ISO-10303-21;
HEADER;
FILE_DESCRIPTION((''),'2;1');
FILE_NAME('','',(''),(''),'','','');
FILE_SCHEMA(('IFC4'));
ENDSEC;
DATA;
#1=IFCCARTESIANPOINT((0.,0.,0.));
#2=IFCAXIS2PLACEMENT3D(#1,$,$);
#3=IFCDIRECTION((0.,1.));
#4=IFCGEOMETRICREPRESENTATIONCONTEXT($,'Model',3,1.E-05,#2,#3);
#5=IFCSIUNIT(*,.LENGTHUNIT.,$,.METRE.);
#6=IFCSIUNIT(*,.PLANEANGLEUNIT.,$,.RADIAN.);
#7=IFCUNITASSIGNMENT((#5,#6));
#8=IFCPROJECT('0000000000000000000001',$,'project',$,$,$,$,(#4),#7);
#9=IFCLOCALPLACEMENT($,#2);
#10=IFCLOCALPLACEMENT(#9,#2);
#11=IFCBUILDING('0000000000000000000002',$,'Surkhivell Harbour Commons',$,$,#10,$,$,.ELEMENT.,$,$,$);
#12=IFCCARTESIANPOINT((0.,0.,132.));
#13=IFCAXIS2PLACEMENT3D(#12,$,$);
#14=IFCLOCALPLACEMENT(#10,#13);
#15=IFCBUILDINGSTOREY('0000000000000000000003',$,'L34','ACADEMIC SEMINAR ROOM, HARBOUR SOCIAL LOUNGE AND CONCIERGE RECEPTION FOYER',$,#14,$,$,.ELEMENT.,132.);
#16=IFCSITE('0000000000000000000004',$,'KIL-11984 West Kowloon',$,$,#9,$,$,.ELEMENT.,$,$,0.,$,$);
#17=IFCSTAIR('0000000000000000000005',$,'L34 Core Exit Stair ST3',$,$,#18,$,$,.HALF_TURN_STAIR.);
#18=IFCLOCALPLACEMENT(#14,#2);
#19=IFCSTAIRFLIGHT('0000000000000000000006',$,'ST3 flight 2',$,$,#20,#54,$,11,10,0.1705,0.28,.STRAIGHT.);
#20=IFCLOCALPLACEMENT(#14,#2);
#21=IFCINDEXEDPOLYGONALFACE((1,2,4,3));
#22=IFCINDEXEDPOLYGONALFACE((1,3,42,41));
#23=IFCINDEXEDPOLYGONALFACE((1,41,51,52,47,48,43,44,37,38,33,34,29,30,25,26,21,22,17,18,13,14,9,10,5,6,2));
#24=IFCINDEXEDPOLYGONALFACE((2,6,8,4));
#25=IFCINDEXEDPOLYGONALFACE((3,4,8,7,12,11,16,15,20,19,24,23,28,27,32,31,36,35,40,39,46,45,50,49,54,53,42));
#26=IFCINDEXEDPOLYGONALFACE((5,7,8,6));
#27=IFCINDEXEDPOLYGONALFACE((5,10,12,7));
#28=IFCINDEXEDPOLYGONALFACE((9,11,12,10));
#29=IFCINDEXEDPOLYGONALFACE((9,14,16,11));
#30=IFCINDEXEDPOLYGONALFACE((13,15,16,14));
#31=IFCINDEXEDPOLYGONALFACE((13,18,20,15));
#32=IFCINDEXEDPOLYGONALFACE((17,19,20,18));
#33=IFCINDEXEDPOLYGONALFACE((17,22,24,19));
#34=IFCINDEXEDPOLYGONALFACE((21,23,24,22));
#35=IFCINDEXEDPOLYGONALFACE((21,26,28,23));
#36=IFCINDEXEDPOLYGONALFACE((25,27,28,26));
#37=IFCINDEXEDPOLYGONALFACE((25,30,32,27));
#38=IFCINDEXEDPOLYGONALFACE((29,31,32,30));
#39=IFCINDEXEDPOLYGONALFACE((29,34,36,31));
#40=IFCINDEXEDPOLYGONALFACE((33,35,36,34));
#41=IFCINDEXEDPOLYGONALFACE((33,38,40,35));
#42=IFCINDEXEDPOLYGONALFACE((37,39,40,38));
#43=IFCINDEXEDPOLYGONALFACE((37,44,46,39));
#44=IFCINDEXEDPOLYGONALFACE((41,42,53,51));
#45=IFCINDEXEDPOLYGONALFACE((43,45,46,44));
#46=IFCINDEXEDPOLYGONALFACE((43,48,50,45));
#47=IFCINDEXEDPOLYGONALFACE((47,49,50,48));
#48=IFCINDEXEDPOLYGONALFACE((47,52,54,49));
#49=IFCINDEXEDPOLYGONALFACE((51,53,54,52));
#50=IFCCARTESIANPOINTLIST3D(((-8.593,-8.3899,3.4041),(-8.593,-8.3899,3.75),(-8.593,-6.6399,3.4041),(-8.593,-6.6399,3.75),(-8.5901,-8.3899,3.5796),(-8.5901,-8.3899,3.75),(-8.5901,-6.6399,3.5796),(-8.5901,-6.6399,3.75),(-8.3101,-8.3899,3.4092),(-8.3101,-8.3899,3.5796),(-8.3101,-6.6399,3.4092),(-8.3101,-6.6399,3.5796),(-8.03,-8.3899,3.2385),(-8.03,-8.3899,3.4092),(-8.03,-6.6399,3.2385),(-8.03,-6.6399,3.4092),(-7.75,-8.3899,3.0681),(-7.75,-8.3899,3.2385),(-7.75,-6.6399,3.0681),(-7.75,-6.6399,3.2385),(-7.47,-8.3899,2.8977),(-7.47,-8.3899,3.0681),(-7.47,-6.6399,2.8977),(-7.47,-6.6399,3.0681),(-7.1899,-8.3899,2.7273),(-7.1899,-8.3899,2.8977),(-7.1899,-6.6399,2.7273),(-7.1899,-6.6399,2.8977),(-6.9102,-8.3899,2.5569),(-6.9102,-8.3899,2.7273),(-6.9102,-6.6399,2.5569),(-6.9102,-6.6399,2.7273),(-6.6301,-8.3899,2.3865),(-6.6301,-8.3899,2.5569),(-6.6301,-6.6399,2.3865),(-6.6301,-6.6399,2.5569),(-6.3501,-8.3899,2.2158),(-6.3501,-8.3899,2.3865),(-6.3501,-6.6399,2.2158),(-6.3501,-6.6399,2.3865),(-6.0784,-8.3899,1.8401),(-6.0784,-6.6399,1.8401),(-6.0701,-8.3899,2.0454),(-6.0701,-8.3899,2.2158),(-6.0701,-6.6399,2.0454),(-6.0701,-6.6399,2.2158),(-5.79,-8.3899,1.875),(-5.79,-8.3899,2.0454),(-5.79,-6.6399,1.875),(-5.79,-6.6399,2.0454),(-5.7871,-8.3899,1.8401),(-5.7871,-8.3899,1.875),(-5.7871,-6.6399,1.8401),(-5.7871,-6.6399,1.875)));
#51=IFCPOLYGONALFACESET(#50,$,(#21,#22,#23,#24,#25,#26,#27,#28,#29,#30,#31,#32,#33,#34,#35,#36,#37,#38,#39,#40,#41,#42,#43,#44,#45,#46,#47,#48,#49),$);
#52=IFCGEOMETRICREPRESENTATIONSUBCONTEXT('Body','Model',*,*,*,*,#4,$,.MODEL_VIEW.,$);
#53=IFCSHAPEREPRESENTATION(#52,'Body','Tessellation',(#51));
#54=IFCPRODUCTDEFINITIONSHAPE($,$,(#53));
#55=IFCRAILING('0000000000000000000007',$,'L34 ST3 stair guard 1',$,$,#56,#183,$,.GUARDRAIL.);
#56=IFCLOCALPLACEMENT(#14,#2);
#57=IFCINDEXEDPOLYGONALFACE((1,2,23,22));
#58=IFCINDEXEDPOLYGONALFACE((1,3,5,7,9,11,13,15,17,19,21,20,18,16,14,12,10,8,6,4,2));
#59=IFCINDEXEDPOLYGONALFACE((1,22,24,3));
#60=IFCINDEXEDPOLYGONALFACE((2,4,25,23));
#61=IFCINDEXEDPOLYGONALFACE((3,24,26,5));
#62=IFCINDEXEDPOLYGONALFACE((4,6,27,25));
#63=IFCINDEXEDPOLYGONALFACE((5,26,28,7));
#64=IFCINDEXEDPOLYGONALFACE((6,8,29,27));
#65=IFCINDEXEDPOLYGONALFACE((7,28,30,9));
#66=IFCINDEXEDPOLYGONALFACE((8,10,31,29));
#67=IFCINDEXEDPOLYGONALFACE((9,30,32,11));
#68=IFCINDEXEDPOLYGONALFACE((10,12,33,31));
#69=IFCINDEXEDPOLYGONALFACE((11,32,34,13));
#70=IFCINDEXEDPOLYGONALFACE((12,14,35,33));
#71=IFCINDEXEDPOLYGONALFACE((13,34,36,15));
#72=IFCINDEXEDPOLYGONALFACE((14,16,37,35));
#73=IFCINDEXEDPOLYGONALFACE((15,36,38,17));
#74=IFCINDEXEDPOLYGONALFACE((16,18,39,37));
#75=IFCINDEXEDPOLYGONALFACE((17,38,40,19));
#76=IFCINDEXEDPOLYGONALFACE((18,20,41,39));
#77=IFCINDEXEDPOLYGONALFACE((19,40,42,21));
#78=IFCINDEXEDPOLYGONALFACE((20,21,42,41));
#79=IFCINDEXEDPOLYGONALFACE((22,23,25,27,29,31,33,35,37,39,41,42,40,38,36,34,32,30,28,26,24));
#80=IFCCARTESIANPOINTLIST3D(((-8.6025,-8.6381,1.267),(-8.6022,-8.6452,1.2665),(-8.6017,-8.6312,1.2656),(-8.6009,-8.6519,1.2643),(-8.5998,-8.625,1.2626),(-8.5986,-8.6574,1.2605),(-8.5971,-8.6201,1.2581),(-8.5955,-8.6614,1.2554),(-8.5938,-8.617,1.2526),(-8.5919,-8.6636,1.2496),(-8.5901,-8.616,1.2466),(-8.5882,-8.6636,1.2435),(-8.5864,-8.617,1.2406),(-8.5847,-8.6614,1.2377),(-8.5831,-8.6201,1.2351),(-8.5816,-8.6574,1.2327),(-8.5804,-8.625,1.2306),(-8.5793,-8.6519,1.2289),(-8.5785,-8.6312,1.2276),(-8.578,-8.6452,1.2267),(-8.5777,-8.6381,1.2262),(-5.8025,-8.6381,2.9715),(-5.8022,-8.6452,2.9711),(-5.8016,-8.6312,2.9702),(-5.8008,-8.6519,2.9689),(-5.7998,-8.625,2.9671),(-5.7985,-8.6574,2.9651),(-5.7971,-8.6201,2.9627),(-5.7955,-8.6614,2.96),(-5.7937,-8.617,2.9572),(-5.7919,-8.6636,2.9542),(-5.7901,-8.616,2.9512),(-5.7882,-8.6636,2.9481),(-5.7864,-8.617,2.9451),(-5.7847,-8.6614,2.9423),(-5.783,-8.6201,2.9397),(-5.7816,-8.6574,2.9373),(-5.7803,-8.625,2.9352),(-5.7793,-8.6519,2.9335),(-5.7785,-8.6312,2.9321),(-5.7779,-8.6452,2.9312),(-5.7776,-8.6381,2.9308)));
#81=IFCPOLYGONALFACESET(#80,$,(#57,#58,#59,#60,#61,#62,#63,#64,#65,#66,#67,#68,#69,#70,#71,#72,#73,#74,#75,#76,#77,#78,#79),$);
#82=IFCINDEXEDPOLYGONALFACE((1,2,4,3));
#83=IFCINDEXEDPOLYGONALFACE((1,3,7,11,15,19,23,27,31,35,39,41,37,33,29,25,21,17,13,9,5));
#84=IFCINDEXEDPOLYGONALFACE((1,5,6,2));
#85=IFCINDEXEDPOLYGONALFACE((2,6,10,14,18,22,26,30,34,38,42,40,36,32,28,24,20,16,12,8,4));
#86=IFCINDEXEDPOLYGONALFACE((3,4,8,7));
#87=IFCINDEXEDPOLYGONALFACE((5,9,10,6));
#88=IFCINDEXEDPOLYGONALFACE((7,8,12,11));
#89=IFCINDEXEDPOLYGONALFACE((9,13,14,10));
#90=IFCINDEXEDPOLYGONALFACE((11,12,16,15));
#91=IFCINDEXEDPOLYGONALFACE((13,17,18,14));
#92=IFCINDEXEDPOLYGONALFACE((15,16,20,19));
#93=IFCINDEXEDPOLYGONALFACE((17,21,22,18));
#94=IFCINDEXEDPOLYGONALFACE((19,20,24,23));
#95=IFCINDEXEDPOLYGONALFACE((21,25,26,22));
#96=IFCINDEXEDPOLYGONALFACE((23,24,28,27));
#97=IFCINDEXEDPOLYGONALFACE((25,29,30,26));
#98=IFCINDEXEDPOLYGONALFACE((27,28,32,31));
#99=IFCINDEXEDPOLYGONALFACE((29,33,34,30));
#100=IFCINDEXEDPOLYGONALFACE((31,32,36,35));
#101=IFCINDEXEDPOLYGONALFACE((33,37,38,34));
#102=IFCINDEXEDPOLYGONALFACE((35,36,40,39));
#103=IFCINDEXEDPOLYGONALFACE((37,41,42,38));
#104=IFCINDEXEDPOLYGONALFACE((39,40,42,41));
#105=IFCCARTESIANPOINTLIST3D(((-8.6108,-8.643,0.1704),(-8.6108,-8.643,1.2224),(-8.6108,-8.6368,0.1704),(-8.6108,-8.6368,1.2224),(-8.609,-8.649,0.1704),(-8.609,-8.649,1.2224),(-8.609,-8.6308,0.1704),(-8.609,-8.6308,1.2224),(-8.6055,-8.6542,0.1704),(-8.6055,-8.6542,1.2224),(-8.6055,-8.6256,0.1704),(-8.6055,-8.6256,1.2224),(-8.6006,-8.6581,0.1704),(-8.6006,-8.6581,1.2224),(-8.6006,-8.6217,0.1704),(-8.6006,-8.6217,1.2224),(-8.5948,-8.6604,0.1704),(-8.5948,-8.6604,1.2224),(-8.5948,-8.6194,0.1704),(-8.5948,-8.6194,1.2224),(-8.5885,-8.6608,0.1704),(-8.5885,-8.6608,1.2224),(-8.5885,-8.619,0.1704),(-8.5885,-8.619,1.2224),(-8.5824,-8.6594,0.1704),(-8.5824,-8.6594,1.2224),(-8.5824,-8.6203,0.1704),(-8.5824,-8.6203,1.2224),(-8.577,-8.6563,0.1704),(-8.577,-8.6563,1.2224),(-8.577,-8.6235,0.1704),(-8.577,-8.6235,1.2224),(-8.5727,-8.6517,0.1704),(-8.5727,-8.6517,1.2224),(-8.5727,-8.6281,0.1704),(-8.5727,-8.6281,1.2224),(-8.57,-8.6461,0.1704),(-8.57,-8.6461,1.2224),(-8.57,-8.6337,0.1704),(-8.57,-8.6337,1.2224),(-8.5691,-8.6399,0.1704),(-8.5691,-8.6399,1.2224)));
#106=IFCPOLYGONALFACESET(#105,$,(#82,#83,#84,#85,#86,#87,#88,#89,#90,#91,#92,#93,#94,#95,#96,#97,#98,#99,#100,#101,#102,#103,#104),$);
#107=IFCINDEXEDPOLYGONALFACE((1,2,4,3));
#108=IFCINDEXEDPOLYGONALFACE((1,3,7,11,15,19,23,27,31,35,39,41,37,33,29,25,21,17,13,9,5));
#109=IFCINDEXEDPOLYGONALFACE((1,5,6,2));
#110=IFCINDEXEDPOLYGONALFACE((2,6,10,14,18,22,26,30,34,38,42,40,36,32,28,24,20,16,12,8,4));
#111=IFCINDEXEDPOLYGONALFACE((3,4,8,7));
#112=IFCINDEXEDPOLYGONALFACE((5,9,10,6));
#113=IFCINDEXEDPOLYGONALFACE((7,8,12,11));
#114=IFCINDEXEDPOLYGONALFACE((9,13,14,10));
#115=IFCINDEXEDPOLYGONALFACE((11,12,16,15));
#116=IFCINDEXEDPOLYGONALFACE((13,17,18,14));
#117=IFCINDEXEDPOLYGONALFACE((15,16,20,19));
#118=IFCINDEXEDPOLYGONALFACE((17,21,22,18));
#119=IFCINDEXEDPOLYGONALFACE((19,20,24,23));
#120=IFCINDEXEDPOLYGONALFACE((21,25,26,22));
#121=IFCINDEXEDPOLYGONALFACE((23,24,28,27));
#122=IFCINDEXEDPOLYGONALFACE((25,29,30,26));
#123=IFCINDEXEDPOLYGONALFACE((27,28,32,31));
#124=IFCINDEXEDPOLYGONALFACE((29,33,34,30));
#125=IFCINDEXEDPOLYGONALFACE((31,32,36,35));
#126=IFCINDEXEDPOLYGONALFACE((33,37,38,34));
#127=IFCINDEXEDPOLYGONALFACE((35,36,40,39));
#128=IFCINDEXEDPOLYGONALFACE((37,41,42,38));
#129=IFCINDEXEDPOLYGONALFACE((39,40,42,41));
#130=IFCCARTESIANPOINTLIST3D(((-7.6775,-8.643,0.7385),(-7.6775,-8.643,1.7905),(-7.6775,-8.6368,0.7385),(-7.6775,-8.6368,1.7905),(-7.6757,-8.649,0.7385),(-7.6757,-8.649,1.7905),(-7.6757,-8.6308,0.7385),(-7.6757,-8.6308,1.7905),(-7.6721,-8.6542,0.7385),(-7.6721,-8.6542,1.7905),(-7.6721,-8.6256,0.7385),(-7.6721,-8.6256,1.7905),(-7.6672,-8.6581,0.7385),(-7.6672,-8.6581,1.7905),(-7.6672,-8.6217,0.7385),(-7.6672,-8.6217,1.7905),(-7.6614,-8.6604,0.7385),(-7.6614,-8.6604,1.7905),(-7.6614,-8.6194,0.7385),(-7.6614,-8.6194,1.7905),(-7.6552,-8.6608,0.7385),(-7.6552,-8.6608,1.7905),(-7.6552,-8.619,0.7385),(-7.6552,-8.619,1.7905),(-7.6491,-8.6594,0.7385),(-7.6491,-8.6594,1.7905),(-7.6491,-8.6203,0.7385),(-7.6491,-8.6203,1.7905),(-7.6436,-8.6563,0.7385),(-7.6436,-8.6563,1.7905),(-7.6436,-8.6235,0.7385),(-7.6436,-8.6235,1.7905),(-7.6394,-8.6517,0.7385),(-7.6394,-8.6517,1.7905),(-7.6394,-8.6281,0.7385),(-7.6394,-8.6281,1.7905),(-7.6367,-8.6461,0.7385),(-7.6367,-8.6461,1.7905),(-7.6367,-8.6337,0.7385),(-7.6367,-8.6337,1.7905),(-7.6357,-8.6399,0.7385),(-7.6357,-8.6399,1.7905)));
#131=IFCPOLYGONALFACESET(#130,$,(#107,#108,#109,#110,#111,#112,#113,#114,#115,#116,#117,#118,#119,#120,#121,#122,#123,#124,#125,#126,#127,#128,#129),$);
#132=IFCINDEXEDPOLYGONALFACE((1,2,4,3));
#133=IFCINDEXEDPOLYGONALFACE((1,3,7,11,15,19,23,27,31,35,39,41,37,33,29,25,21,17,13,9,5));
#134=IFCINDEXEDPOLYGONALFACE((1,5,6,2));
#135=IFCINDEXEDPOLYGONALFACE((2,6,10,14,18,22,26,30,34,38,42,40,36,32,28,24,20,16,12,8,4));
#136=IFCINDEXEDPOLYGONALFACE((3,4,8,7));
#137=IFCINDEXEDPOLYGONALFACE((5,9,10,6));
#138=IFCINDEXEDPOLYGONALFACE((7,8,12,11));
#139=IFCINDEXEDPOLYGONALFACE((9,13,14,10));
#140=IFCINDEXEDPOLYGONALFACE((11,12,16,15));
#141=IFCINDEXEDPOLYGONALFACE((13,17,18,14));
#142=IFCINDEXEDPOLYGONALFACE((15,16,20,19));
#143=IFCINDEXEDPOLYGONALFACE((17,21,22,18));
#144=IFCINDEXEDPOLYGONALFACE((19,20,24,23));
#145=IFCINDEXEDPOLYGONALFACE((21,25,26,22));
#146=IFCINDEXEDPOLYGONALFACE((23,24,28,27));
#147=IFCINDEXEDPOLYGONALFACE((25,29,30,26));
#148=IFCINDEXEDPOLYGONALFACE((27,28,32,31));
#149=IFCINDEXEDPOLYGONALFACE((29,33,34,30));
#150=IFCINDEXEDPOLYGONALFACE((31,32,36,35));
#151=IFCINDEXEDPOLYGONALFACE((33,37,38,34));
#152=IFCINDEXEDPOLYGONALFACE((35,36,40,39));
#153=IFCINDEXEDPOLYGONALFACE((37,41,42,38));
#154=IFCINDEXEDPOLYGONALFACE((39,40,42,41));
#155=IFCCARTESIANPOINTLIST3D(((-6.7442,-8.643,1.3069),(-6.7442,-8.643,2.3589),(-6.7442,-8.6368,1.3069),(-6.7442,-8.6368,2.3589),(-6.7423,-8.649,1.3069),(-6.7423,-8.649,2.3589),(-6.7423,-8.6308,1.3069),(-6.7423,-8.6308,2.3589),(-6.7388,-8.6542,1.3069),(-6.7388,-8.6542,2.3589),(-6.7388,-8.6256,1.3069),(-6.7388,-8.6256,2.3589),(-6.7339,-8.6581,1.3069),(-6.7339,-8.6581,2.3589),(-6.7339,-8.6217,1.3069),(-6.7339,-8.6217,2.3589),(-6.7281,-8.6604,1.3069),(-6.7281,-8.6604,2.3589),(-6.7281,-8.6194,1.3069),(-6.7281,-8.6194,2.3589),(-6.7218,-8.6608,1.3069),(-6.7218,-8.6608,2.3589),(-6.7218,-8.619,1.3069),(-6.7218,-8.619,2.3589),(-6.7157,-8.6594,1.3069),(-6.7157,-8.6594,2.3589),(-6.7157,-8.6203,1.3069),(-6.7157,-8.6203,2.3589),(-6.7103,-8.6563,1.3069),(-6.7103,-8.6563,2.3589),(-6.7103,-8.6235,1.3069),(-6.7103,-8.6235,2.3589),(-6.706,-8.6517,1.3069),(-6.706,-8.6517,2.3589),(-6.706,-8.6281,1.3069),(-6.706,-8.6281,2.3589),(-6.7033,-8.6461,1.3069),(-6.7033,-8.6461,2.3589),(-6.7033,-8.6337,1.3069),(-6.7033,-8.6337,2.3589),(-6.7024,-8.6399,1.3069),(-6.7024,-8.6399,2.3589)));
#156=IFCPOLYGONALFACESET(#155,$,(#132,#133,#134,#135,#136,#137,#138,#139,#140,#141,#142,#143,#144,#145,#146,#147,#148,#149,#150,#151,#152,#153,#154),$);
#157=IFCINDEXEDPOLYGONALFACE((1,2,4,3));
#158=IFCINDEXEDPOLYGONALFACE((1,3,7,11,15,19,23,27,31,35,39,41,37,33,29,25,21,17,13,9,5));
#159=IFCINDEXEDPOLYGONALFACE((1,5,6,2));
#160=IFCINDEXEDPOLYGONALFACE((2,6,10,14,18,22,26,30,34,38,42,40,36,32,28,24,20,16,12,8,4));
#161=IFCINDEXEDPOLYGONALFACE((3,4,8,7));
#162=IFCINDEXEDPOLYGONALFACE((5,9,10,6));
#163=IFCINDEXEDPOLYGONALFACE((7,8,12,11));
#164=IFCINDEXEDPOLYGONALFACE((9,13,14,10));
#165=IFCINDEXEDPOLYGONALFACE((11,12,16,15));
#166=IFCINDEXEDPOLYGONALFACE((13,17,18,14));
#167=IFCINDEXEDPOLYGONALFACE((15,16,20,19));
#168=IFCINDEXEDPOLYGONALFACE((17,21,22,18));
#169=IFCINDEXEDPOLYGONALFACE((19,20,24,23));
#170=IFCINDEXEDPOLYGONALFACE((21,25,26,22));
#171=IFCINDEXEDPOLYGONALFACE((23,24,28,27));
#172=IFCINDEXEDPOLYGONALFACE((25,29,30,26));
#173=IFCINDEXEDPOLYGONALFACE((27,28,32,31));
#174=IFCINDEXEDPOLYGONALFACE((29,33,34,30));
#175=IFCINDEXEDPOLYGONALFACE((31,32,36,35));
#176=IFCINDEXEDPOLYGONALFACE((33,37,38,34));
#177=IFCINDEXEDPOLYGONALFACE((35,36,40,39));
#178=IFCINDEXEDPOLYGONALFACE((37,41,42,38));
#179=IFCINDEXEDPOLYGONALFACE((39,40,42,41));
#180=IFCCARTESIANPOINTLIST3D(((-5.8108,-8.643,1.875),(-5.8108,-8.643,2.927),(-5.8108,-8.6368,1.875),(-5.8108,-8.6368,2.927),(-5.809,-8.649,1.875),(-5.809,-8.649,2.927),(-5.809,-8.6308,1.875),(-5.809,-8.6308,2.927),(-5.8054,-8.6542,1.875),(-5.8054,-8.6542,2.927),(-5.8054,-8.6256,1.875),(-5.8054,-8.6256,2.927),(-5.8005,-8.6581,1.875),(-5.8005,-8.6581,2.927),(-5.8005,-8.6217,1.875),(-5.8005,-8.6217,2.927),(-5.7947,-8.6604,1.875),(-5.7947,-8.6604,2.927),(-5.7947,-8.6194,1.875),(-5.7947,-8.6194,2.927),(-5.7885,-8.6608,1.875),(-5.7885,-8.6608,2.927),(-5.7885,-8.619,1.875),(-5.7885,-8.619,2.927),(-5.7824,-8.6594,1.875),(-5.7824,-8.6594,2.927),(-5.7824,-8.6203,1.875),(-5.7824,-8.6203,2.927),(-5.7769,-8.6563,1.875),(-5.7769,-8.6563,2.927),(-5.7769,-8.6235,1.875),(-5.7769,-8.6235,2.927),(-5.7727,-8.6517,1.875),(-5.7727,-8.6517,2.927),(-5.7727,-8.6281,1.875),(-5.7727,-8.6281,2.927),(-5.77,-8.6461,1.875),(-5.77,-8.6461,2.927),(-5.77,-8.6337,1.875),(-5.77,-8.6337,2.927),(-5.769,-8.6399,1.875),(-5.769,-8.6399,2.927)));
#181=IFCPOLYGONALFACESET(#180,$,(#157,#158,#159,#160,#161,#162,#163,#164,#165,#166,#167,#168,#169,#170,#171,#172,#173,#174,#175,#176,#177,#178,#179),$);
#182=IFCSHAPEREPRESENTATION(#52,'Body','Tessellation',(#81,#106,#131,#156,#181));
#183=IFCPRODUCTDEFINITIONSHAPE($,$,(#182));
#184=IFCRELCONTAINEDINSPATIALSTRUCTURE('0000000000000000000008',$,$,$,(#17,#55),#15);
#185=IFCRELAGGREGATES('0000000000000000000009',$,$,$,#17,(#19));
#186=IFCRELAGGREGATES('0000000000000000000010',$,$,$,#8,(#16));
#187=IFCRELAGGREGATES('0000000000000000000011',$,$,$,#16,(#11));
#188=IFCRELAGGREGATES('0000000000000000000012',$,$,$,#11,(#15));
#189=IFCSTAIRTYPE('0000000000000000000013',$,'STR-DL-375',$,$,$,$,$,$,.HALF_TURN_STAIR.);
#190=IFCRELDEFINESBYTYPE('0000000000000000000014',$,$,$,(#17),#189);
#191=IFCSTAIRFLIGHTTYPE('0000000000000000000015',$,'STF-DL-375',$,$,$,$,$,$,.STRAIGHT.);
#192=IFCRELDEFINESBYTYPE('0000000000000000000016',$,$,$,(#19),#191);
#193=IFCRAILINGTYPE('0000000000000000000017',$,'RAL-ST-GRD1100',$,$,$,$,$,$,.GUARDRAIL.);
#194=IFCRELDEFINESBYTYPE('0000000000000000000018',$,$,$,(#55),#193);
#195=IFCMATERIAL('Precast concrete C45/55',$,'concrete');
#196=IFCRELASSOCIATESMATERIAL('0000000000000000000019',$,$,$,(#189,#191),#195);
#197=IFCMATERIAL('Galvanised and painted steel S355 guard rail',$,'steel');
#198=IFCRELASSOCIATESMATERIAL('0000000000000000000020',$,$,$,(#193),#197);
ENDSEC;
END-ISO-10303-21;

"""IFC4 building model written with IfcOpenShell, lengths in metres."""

from ifc_helpers import new_model, si_unit, direction, frame, origin, origin_2d, place, context, subcontext, project, spatial, polyline, circle, outline, extrude, material, type_object, element, aggregate, save


model = new_model("IFC4")

# Units and contexts
model_context = context("Model", 3, precision=1e-05, world=origin(), true_north=direction((0.0, 1.0)))
body_context = subcontext(model_context, "Body", "Model", "MODEL_VIEW")
ifc_project = project(units=[si_unit("LENGTHUNIT", "METRE"), si_unit("PLANEANGLEUNIT", "RADIAN")], contexts=[model_context])

# Site, building, storey
site_placement = place(None, origin())
site = spatial("IfcSite", under=ifc_project, at=site_placement, Name="KIL-11984 West Kowloon", CompositionType="ELEMENT", RefElevation=0.0)
building_placement = place(site_placement, origin())
building = spatial("IfcBuilding", under=site, at=building_placement, Name="Surkhivell Harbour Commons", CompositionType="ELEMENT")
storey_placement = place(building_placement, frame((0.0, 0.0, 132.0)))
storey = spatial("IfcBuildingStorey", under=building, at=storey_placement, Name="L34", Description="ACADEMIC SEMINAR ROOM, HARBOUR SOCIAL LOUNGE AND CONCIERGE RECEPTION FOYER", CompositionType="ELEMENT", Elevation=132.0)

# Stair, stair flight
ifc_material_1 = material(Name="Precast concrete C45/55", Category="concrete")
stair_type = type_object("IfcStairType", Name="STR-DL-375", PredefinedType="HALF_TURN_STAIR", material=ifc_material_1)
stair_placement = place(storey_placement, origin())
stair = element("IfcStair", 1, at=stair_placement, inside=storey, type_object=stair_type, Name="L34 Core Exit Stair ST3", PredefinedType="HALF_TURN_STAIR")
stair_flight_type = type_object("IfcStairFlightType", Name="STF-DL-375", PredefinedType="STRAIGHT", material=ifc_material_1)
stair_flight_1_placement = place(storey_placement, frame((-5.79, -7.5149, 1.875), z_axis=(0.0, 0.0, 1.0), x_axis=(-1.0, 0.0, 0.0)))
stair_flight_1 = element("IfcStairFlight", 2, at=stair_flight_1_placement, type_object=stair_flight_type, Name="ST3 flight 2", NumberOfRisers=11, NumberOfTreads=10, PredefinedType="STRAIGHT", RiserHeight=0.1705, TreadLength=0.28, context=body_context, shape_type="SweptSolid", body=[
    extrude(outline(polyline([(-0.0029, -0.0349), (-0.0029, 0.0), (0.0, 0.0), (0.0, 0.1704), (0.28, 0.1704), (0.28, 0.3408), (0.5601, 0.3408), (0.5601, 0.5115), (0.8401, 0.5115), (0.8401, 0.6819), (1.1201, 0.6819), (1.1201, 0.8523), (1.3999, 0.8523), (1.3999, 1.0227), (1.6799, 1.0227), (1.6799, 1.1931), (1.96, 1.1931), (1.96, 1.3635), (2.24, 1.3635), (2.24, 1.5342), (2.52, 1.5342), (2.52, 1.7046), (2.8, 1.7046), (2.8, 1.875), (2.803, 1.875), (2.803, 1.5291), (0.2883, -0.0349), (-0.0029, -0.0349)])), frame((0.0, 0.875, 0.0), z_axis=(0.0, -1.0, 0.0), x_axis=(1.0, 0.0, 0.0)), (0.0, 0.0, 1.0), 1.75),
])
aggregate(stair, [stair_flight_1])

# Railing
ifc_material_2 = material(Name="Galvanised and painted steel S355 guard rail", Category="steel")
railing_type_1 = type_object("IfcRailingType", Name="RAL-ST-GRD1100", PredefinedType="GUARDRAIL", material=ifc_material_2)
railing_1_placement = place(storey_placement, frame((-8.5901, -8.6399, 0.1704)))
element("IfcRailing", 3, at=railing_1_placement, inside=storey, type_object=railing_type_1, Name="L34 ST3 stair guard 1", PredefinedType="GUARDRAIL", context=body_context, shape_type="SweptSolid", body=[
    extrude(circle(Radius=0.0239, at=origin_2d()), frame((0.0, 0.0, 1.0762), z_axis=(0.85417, 0.0, 0.519994), x_axis=(0.0, 1.0, 0.0)), (0.0, 0.0, 1.0), 3.2781),
    extrude(circle(Radius=0.021, at=origin_2d()), origin(), (0.0, 0.0, 1.0), 1.052),
    extrude(circle(Radius=0.021, at=origin_2d()), frame((0.9333, 0.0, 0.5681)), (0.0, 0.0, 1.0), 1.052),
    extrude(circle(Radius=0.021, at=origin_2d()), frame((1.8667, 0.0, 1.1365)), (0.0, 0.0, 1.0), 1.052),
    extrude(circle(Radius=0.021, at=origin_2d()), frame((2.8, 0.0, 1.7046)), (0.0, 0.0, 1.0), 1.052),
])

save(model, "model.ifc")
